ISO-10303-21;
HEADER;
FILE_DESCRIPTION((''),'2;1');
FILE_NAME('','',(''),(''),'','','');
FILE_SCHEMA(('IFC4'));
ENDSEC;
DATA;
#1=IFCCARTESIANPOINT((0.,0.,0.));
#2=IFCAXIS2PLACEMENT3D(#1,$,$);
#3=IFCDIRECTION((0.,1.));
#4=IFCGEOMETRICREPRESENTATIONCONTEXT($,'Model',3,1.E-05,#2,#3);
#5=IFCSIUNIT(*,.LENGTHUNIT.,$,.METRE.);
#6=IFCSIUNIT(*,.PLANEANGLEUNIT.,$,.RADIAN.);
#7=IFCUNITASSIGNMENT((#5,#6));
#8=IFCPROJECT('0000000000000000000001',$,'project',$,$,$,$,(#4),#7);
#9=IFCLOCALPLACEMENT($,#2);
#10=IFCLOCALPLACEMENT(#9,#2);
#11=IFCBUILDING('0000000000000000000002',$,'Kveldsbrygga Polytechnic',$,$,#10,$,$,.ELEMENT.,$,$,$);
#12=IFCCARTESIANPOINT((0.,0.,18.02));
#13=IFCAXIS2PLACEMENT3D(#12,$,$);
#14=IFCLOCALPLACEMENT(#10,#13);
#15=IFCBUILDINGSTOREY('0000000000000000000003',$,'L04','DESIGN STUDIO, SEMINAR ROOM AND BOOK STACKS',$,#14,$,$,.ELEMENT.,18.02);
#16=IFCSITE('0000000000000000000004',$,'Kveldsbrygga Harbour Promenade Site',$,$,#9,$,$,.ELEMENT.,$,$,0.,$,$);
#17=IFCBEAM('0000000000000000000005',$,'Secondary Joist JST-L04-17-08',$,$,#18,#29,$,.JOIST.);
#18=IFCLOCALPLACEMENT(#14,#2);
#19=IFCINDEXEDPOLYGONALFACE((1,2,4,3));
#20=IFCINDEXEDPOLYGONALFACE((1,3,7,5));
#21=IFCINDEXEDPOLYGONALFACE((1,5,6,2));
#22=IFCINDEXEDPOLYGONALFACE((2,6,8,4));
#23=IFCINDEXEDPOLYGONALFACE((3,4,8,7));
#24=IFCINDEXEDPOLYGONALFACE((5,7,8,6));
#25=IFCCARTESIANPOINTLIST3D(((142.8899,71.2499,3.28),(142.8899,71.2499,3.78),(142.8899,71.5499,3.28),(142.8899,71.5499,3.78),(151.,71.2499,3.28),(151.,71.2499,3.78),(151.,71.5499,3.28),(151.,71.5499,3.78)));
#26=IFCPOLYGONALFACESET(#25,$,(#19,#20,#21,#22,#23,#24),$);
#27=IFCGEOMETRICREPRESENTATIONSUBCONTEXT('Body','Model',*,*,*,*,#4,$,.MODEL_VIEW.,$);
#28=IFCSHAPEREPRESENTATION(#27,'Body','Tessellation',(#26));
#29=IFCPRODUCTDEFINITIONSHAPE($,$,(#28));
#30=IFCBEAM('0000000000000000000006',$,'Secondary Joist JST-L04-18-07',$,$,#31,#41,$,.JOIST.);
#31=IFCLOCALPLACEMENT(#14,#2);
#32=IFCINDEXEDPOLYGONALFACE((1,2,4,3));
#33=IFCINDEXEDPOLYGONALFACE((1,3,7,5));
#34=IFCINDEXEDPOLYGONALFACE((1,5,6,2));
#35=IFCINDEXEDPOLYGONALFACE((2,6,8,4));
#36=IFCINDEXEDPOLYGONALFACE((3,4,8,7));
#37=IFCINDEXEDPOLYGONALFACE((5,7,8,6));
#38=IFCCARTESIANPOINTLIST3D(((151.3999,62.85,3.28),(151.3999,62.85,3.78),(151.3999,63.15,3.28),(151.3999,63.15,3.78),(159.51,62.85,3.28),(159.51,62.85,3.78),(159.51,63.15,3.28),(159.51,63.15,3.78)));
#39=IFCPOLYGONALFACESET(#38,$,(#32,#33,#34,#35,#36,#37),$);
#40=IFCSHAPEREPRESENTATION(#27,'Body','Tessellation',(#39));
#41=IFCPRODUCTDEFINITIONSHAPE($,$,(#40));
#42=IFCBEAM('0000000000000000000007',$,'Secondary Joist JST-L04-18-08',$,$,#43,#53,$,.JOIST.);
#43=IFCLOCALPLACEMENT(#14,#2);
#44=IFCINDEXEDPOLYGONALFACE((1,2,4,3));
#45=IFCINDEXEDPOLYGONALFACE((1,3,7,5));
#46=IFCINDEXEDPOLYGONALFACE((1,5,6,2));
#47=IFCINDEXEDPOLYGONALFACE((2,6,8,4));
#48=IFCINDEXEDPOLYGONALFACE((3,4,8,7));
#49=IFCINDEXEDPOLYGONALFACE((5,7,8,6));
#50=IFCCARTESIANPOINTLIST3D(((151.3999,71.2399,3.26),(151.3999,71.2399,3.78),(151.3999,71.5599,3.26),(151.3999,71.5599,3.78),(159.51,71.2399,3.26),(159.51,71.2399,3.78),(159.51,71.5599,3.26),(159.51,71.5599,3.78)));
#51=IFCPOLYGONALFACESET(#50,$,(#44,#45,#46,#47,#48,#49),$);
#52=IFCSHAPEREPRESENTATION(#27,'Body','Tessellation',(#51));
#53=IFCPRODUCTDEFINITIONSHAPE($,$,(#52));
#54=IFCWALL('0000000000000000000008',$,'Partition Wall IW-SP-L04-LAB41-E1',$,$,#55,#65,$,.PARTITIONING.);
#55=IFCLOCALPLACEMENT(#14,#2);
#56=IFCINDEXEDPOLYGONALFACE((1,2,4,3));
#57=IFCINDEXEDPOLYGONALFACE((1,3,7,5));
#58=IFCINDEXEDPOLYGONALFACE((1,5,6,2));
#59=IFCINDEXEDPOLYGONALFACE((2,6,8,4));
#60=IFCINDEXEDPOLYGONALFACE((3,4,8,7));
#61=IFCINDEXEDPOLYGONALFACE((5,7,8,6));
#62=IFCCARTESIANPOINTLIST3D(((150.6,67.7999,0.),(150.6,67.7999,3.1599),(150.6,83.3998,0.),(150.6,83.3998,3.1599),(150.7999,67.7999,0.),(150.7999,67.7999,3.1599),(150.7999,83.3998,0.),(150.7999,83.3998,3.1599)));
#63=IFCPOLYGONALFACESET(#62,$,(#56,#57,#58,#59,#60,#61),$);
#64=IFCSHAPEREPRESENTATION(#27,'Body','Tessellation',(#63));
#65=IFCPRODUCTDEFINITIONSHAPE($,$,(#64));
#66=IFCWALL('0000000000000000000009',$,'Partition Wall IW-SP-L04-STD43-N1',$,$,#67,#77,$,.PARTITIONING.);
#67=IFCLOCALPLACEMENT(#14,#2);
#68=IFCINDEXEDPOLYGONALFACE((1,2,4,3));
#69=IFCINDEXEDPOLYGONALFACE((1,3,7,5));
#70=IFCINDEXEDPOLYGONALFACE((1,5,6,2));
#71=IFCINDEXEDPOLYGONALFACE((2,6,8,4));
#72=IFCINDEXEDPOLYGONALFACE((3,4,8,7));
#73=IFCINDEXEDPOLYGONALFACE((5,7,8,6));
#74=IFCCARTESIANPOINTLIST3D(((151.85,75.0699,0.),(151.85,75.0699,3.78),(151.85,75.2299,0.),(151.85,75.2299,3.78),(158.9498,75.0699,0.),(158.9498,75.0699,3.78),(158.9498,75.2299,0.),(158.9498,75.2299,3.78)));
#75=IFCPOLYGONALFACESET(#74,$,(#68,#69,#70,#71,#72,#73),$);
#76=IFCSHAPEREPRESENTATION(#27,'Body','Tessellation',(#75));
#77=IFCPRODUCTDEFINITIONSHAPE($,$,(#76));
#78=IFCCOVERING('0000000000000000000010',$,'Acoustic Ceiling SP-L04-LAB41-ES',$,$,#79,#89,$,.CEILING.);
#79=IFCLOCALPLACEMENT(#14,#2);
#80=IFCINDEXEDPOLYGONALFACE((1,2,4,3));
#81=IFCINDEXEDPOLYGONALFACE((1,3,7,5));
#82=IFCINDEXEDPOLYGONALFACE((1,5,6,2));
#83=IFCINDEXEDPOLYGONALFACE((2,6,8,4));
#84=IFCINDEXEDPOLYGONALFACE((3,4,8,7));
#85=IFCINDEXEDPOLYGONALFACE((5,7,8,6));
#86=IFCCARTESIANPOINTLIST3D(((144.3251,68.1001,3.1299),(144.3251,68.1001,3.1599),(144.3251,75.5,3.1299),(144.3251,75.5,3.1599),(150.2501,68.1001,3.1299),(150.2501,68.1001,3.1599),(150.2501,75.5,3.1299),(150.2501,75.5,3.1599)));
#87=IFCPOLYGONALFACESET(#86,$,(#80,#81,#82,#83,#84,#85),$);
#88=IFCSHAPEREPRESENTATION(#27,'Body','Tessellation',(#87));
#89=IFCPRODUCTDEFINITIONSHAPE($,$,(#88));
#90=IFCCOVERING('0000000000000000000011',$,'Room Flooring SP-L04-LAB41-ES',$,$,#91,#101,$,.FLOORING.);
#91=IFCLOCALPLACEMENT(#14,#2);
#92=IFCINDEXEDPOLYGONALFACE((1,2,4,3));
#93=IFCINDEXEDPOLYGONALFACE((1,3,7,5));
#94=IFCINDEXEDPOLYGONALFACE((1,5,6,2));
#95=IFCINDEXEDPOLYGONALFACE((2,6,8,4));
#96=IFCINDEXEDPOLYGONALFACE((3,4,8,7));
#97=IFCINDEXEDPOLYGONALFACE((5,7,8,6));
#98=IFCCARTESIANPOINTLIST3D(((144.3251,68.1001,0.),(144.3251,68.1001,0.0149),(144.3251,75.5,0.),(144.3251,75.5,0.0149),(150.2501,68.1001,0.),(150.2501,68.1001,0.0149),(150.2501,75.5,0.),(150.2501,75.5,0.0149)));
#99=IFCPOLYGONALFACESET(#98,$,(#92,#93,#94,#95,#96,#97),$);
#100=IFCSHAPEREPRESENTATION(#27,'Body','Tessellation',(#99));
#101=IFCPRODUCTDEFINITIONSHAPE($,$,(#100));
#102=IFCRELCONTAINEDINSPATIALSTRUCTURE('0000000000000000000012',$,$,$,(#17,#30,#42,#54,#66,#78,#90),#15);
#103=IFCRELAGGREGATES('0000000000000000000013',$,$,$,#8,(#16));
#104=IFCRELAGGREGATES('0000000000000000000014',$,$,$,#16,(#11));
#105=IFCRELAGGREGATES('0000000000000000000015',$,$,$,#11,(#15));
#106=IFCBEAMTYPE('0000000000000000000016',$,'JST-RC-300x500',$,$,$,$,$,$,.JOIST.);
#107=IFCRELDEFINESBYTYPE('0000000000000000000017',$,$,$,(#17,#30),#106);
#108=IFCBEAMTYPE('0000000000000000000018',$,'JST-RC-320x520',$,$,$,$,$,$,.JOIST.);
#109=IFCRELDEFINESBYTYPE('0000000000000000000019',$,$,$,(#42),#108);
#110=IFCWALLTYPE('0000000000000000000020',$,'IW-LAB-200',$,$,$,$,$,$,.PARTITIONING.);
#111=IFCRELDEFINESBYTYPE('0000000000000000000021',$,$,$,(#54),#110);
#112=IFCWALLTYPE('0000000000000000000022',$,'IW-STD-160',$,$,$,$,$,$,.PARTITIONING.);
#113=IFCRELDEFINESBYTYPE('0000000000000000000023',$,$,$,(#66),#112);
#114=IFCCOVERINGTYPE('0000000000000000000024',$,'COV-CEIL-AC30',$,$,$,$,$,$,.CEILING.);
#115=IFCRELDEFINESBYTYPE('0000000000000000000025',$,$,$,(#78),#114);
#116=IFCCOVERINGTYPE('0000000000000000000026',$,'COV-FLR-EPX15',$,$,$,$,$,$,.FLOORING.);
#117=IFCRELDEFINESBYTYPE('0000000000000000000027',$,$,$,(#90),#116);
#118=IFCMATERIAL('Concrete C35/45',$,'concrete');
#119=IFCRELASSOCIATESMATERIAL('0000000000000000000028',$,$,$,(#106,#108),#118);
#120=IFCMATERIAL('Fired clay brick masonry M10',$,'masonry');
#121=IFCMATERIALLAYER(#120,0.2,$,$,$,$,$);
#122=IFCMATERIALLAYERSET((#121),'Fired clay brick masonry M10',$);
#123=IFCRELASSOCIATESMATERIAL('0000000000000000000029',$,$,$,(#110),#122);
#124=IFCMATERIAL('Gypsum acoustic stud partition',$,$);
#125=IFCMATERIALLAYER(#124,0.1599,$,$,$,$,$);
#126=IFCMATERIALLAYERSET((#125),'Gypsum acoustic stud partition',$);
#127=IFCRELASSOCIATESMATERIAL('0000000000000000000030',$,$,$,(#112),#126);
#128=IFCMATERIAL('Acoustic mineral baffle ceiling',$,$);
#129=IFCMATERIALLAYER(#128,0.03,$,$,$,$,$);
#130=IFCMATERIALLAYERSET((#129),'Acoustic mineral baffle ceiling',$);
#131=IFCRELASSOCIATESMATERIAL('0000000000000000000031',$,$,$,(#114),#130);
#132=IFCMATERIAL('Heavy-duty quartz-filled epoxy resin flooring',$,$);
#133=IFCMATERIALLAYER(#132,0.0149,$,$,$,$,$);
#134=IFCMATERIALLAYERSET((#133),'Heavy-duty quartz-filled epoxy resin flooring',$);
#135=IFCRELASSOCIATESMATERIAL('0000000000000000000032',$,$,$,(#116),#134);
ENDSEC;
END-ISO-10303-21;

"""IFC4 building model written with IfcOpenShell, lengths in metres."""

from ifc_helpers import new_model, si_unit, direction, frame, frame_2d, origin, origin_2d, place, context, subcontext, project, spatial, rectangle, extrude, material, layer, layer_set, material_profile, profile_set, type_object, element, save


model = new_model("IFC4")

# Units and contexts
model_context = context("Model", 3, precision=1e-05, world=origin(), true_north=direction((0.0, 1.0)))
body_context = subcontext(model_context, "Body", "Model", "MODEL_VIEW")
ifc_project = project(units=[si_unit("LENGTHUNIT", "METRE"), si_unit("PLANEANGLEUNIT", "RADIAN")], contexts=[model_context])

# Site, building, storey
site_placement = place(None, origin())
site = spatial("IfcSite", under=ifc_project, at=site_placement, Name="Kveldsbrygga Harbour Promenade Site", CompositionType="ELEMENT", RefElevation=0.0)
building_placement = place(site_placement, origin())
building = spatial("IfcBuilding", under=site, at=building_placement, Name="Kveldsbrygga Polytechnic", CompositionType="ELEMENT")
storey_placement = place(building_placement, frame((0.0, 0.0, 18.02)))
storey = spatial("IfcBuildingStorey", under=building, at=storey_placement, Name="L04", Description="DESIGN STUDIO, SEMINAR ROOM AND BOOK STACKS", CompositionType="ELEMENT", Elevation=18.02)

# Beams
ifc_material_1 = material(Name="Concrete C35/45", Category="concrete")
ifc_material_profile_1 = material_profile(ifc_material_1, rectangle(XDim=0.3, YDim=0.5, at=origin_2d()), Name="RC 300x500")
ifc_profile_set_1 = profile_set([ifc_material_profile_1], Name="Concrete C35/45")
beam_type_1 = type_object("IfcBeamType", Name="JST-RC-300x500", PredefinedType="JOIST", material=ifc_profile_set_1)
for number, where, z_axis, x_axis, name in (
    (1, (142.8899, 71.3999, 3.53), (1.0, 0.0, 0.0), (0.0, 1.0, 0.0), "Secondary Joist JST-L04-17-08"),
    (2, (151.3999, 63.0, 3.53), (1.0, 0.0, 0.0), (0.0, 1.0, 0.0), "Secondary Joist JST-L04-18-07"),
):
    element("IfcBeam", number, at=place(storey_placement, frame(where, z_axis=z_axis, x_axis=x_axis)), inside=storey, type_object=beam_type_1, Name=name, PredefinedType="JOIST", context=body_context, shape_type="SweptSolid", body=[
        extrude(rectangle(XDim=0.3, YDim=0.5, at=origin_2d()), origin(), (0.0, 0.0, 1.0), 8.1101),
    ])
ifc_material_profile_2 = material_profile(ifc_material_1, rectangle(XDim=0.3201, YDim=0.52, at=origin_2d()), Name="RC 320x520")
ifc_profile_set_2 = profile_set([ifc_material_profile_2], Name="Concrete C35/45")
beam_type_2 = type_object("IfcBeamType", Name="JST-RC-320x520", PredefinedType="JOIST", material=ifc_profile_set_2)
beam_1_placement = place(storey_placement, frame((151.3999, 71.3999, 3.52), z_axis=(1.0, 0.0, 0.0), x_axis=(0.0, 1.0, 0.0)))
element("IfcBeam", 3, at=beam_1_placement, inside=storey, type_object=beam_type_2, Name="Secondary Joist JST-L04-18-08", PredefinedType="JOIST", context=body_context, shape_type="SweptSolid", body=[
    extrude(rectangle(XDim=0.3201, YDim=0.52, at=origin_2d()), origin(), (0.0, 0.0, 1.0), 8.1101),
])

# Walls
ifc_material_2 = material(Name="Fired clay brick masonry M10", Category="masonry")
ifc_layer_1 = layer(ifc_material_2, 0.2)
ifc_layer_set_1 = layer_set([ifc_layer_1], Name="Fired clay brick masonry M10")
wall_type_1 = type_object("IfcWallType", Name="IW-LAB-200", PredefinedType="PARTITIONING", material=ifc_layer_set_1)
wall_1_placement = place(storey_placement, frame((150.7, 67.8, 0.0), z_axis=(0.0, 0.0, 1.0), x_axis=(0.0, 1.0, 0.0)))
element("IfcWall", 4, at=wall_1_placement, inside=storey, type_object=wall_type_1, Name="Partition Wall IW-SP-L04-LAB41-E1", PredefinedType="PARTITIONING", context=body_context, shape_type="SweptSolid", body=[
    extrude(rectangle(XDim=15.5999, YDim=0.2, at=frame_2d((7.7998, 0.0))), origin(), (0.0, 0.0, 1.0), 3.1599),
])
ifc_material_3 = material(Name="Gypsum acoustic stud partition")
ifc_layer_2 = layer(ifc_material_3, 0.1599)
ifc_layer_set_2 = layer_set([ifc_layer_2], Name="Gypsum acoustic stud partition")
wall_type_2 = type_object("IfcWallType", Name="IW-STD-160", PredefinedType="PARTITIONING", material=ifc_layer_set_2)
wall_2_placement = place(storey_placement, frame((151.8501, 75.1499, 0.0), z_axis=(0.0, 0.0, 1.0), x_axis=(1.0, 0.0, 0.0)))
element("IfcWall", 5, at=wall_2_placement, inside=storey, type_object=wall_type_2, Name="Partition Wall IW-SP-L04-STD43-N1", PredefinedType="PARTITIONING", context=body_context, shape_type="SweptSolid", body=[
    extrude(rectangle(XDim=7.0999, YDim=0.1599, at=frame_2d((3.5498, 0.0))), origin(), (0.0, 0.0, 1.0), 3.78),
])

# Coverings
ifc_material_4 = material(Name="Acoustic mineral baffle ceiling")
ifc_layer_3 = layer(ifc_material_4, 0.03)
ifc_layer_set_3 = layer_set([ifc_layer_3], Name="Acoustic mineral baffle ceiling")
covering_type_1 = type_object("IfcCoveringType", Name="COV-CEIL-AC30", PredefinedType="CEILING", material=ifc_layer_set_3)
covering_1_placement = place(storey_placement, frame((147.2876, 71.8, 3.1299), z_axis=(0.0, 0.0, 1.0), x_axis=(1.0, 0.0, 0.0)))
element("IfcCovering", 6, at=covering_1_placement, inside=storey, type_object=covering_type_1, Name="Acoustic Ceiling SP-L04-LAB41-ES", PredefinedType="CEILING", context=body_context, shape_type="SweptSolid", body=[
    extrude(rectangle(XDim=5.925, YDim=7.3999, at=origin_2d()), origin(), (0.0, 0.0, 1.0), 0.03),
])
ifc_material_5 = material(Name="Heavy-duty quartz-filled epoxy resin flooring")
ifc_layer_4 = layer(ifc_material_5, 0.0149)
ifc_layer_set_4 = layer_set([ifc_layer_4], Name="Heavy-duty quartz-filled epoxy resin flooring")
covering_type_2 = type_object("IfcCoveringType", Name="COV-FLR-EPX15", PredefinedType="FLOORING", material=ifc_layer_set_4)
covering_2_placement = place(storey_placement, frame((147.2876, 71.8, 0.0), z_axis=(0.0, 0.0, 1.0), x_axis=(1.0, 0.0, 0.0)))
element("IfcCovering", 7, at=covering_2_placement, inside=storey, type_object=covering_type_2, Name="Room Flooring SP-L04-LAB41-ES", PredefinedType="FLOORING", context=body_context, shape_type="SweptSolid", body=[
    extrude(rectangle(XDim=5.925, YDim=7.3999, at=origin_2d()), origin(), (0.0, 0.0, 1.0), 0.0149),
])

save(model, "model.ifc")
